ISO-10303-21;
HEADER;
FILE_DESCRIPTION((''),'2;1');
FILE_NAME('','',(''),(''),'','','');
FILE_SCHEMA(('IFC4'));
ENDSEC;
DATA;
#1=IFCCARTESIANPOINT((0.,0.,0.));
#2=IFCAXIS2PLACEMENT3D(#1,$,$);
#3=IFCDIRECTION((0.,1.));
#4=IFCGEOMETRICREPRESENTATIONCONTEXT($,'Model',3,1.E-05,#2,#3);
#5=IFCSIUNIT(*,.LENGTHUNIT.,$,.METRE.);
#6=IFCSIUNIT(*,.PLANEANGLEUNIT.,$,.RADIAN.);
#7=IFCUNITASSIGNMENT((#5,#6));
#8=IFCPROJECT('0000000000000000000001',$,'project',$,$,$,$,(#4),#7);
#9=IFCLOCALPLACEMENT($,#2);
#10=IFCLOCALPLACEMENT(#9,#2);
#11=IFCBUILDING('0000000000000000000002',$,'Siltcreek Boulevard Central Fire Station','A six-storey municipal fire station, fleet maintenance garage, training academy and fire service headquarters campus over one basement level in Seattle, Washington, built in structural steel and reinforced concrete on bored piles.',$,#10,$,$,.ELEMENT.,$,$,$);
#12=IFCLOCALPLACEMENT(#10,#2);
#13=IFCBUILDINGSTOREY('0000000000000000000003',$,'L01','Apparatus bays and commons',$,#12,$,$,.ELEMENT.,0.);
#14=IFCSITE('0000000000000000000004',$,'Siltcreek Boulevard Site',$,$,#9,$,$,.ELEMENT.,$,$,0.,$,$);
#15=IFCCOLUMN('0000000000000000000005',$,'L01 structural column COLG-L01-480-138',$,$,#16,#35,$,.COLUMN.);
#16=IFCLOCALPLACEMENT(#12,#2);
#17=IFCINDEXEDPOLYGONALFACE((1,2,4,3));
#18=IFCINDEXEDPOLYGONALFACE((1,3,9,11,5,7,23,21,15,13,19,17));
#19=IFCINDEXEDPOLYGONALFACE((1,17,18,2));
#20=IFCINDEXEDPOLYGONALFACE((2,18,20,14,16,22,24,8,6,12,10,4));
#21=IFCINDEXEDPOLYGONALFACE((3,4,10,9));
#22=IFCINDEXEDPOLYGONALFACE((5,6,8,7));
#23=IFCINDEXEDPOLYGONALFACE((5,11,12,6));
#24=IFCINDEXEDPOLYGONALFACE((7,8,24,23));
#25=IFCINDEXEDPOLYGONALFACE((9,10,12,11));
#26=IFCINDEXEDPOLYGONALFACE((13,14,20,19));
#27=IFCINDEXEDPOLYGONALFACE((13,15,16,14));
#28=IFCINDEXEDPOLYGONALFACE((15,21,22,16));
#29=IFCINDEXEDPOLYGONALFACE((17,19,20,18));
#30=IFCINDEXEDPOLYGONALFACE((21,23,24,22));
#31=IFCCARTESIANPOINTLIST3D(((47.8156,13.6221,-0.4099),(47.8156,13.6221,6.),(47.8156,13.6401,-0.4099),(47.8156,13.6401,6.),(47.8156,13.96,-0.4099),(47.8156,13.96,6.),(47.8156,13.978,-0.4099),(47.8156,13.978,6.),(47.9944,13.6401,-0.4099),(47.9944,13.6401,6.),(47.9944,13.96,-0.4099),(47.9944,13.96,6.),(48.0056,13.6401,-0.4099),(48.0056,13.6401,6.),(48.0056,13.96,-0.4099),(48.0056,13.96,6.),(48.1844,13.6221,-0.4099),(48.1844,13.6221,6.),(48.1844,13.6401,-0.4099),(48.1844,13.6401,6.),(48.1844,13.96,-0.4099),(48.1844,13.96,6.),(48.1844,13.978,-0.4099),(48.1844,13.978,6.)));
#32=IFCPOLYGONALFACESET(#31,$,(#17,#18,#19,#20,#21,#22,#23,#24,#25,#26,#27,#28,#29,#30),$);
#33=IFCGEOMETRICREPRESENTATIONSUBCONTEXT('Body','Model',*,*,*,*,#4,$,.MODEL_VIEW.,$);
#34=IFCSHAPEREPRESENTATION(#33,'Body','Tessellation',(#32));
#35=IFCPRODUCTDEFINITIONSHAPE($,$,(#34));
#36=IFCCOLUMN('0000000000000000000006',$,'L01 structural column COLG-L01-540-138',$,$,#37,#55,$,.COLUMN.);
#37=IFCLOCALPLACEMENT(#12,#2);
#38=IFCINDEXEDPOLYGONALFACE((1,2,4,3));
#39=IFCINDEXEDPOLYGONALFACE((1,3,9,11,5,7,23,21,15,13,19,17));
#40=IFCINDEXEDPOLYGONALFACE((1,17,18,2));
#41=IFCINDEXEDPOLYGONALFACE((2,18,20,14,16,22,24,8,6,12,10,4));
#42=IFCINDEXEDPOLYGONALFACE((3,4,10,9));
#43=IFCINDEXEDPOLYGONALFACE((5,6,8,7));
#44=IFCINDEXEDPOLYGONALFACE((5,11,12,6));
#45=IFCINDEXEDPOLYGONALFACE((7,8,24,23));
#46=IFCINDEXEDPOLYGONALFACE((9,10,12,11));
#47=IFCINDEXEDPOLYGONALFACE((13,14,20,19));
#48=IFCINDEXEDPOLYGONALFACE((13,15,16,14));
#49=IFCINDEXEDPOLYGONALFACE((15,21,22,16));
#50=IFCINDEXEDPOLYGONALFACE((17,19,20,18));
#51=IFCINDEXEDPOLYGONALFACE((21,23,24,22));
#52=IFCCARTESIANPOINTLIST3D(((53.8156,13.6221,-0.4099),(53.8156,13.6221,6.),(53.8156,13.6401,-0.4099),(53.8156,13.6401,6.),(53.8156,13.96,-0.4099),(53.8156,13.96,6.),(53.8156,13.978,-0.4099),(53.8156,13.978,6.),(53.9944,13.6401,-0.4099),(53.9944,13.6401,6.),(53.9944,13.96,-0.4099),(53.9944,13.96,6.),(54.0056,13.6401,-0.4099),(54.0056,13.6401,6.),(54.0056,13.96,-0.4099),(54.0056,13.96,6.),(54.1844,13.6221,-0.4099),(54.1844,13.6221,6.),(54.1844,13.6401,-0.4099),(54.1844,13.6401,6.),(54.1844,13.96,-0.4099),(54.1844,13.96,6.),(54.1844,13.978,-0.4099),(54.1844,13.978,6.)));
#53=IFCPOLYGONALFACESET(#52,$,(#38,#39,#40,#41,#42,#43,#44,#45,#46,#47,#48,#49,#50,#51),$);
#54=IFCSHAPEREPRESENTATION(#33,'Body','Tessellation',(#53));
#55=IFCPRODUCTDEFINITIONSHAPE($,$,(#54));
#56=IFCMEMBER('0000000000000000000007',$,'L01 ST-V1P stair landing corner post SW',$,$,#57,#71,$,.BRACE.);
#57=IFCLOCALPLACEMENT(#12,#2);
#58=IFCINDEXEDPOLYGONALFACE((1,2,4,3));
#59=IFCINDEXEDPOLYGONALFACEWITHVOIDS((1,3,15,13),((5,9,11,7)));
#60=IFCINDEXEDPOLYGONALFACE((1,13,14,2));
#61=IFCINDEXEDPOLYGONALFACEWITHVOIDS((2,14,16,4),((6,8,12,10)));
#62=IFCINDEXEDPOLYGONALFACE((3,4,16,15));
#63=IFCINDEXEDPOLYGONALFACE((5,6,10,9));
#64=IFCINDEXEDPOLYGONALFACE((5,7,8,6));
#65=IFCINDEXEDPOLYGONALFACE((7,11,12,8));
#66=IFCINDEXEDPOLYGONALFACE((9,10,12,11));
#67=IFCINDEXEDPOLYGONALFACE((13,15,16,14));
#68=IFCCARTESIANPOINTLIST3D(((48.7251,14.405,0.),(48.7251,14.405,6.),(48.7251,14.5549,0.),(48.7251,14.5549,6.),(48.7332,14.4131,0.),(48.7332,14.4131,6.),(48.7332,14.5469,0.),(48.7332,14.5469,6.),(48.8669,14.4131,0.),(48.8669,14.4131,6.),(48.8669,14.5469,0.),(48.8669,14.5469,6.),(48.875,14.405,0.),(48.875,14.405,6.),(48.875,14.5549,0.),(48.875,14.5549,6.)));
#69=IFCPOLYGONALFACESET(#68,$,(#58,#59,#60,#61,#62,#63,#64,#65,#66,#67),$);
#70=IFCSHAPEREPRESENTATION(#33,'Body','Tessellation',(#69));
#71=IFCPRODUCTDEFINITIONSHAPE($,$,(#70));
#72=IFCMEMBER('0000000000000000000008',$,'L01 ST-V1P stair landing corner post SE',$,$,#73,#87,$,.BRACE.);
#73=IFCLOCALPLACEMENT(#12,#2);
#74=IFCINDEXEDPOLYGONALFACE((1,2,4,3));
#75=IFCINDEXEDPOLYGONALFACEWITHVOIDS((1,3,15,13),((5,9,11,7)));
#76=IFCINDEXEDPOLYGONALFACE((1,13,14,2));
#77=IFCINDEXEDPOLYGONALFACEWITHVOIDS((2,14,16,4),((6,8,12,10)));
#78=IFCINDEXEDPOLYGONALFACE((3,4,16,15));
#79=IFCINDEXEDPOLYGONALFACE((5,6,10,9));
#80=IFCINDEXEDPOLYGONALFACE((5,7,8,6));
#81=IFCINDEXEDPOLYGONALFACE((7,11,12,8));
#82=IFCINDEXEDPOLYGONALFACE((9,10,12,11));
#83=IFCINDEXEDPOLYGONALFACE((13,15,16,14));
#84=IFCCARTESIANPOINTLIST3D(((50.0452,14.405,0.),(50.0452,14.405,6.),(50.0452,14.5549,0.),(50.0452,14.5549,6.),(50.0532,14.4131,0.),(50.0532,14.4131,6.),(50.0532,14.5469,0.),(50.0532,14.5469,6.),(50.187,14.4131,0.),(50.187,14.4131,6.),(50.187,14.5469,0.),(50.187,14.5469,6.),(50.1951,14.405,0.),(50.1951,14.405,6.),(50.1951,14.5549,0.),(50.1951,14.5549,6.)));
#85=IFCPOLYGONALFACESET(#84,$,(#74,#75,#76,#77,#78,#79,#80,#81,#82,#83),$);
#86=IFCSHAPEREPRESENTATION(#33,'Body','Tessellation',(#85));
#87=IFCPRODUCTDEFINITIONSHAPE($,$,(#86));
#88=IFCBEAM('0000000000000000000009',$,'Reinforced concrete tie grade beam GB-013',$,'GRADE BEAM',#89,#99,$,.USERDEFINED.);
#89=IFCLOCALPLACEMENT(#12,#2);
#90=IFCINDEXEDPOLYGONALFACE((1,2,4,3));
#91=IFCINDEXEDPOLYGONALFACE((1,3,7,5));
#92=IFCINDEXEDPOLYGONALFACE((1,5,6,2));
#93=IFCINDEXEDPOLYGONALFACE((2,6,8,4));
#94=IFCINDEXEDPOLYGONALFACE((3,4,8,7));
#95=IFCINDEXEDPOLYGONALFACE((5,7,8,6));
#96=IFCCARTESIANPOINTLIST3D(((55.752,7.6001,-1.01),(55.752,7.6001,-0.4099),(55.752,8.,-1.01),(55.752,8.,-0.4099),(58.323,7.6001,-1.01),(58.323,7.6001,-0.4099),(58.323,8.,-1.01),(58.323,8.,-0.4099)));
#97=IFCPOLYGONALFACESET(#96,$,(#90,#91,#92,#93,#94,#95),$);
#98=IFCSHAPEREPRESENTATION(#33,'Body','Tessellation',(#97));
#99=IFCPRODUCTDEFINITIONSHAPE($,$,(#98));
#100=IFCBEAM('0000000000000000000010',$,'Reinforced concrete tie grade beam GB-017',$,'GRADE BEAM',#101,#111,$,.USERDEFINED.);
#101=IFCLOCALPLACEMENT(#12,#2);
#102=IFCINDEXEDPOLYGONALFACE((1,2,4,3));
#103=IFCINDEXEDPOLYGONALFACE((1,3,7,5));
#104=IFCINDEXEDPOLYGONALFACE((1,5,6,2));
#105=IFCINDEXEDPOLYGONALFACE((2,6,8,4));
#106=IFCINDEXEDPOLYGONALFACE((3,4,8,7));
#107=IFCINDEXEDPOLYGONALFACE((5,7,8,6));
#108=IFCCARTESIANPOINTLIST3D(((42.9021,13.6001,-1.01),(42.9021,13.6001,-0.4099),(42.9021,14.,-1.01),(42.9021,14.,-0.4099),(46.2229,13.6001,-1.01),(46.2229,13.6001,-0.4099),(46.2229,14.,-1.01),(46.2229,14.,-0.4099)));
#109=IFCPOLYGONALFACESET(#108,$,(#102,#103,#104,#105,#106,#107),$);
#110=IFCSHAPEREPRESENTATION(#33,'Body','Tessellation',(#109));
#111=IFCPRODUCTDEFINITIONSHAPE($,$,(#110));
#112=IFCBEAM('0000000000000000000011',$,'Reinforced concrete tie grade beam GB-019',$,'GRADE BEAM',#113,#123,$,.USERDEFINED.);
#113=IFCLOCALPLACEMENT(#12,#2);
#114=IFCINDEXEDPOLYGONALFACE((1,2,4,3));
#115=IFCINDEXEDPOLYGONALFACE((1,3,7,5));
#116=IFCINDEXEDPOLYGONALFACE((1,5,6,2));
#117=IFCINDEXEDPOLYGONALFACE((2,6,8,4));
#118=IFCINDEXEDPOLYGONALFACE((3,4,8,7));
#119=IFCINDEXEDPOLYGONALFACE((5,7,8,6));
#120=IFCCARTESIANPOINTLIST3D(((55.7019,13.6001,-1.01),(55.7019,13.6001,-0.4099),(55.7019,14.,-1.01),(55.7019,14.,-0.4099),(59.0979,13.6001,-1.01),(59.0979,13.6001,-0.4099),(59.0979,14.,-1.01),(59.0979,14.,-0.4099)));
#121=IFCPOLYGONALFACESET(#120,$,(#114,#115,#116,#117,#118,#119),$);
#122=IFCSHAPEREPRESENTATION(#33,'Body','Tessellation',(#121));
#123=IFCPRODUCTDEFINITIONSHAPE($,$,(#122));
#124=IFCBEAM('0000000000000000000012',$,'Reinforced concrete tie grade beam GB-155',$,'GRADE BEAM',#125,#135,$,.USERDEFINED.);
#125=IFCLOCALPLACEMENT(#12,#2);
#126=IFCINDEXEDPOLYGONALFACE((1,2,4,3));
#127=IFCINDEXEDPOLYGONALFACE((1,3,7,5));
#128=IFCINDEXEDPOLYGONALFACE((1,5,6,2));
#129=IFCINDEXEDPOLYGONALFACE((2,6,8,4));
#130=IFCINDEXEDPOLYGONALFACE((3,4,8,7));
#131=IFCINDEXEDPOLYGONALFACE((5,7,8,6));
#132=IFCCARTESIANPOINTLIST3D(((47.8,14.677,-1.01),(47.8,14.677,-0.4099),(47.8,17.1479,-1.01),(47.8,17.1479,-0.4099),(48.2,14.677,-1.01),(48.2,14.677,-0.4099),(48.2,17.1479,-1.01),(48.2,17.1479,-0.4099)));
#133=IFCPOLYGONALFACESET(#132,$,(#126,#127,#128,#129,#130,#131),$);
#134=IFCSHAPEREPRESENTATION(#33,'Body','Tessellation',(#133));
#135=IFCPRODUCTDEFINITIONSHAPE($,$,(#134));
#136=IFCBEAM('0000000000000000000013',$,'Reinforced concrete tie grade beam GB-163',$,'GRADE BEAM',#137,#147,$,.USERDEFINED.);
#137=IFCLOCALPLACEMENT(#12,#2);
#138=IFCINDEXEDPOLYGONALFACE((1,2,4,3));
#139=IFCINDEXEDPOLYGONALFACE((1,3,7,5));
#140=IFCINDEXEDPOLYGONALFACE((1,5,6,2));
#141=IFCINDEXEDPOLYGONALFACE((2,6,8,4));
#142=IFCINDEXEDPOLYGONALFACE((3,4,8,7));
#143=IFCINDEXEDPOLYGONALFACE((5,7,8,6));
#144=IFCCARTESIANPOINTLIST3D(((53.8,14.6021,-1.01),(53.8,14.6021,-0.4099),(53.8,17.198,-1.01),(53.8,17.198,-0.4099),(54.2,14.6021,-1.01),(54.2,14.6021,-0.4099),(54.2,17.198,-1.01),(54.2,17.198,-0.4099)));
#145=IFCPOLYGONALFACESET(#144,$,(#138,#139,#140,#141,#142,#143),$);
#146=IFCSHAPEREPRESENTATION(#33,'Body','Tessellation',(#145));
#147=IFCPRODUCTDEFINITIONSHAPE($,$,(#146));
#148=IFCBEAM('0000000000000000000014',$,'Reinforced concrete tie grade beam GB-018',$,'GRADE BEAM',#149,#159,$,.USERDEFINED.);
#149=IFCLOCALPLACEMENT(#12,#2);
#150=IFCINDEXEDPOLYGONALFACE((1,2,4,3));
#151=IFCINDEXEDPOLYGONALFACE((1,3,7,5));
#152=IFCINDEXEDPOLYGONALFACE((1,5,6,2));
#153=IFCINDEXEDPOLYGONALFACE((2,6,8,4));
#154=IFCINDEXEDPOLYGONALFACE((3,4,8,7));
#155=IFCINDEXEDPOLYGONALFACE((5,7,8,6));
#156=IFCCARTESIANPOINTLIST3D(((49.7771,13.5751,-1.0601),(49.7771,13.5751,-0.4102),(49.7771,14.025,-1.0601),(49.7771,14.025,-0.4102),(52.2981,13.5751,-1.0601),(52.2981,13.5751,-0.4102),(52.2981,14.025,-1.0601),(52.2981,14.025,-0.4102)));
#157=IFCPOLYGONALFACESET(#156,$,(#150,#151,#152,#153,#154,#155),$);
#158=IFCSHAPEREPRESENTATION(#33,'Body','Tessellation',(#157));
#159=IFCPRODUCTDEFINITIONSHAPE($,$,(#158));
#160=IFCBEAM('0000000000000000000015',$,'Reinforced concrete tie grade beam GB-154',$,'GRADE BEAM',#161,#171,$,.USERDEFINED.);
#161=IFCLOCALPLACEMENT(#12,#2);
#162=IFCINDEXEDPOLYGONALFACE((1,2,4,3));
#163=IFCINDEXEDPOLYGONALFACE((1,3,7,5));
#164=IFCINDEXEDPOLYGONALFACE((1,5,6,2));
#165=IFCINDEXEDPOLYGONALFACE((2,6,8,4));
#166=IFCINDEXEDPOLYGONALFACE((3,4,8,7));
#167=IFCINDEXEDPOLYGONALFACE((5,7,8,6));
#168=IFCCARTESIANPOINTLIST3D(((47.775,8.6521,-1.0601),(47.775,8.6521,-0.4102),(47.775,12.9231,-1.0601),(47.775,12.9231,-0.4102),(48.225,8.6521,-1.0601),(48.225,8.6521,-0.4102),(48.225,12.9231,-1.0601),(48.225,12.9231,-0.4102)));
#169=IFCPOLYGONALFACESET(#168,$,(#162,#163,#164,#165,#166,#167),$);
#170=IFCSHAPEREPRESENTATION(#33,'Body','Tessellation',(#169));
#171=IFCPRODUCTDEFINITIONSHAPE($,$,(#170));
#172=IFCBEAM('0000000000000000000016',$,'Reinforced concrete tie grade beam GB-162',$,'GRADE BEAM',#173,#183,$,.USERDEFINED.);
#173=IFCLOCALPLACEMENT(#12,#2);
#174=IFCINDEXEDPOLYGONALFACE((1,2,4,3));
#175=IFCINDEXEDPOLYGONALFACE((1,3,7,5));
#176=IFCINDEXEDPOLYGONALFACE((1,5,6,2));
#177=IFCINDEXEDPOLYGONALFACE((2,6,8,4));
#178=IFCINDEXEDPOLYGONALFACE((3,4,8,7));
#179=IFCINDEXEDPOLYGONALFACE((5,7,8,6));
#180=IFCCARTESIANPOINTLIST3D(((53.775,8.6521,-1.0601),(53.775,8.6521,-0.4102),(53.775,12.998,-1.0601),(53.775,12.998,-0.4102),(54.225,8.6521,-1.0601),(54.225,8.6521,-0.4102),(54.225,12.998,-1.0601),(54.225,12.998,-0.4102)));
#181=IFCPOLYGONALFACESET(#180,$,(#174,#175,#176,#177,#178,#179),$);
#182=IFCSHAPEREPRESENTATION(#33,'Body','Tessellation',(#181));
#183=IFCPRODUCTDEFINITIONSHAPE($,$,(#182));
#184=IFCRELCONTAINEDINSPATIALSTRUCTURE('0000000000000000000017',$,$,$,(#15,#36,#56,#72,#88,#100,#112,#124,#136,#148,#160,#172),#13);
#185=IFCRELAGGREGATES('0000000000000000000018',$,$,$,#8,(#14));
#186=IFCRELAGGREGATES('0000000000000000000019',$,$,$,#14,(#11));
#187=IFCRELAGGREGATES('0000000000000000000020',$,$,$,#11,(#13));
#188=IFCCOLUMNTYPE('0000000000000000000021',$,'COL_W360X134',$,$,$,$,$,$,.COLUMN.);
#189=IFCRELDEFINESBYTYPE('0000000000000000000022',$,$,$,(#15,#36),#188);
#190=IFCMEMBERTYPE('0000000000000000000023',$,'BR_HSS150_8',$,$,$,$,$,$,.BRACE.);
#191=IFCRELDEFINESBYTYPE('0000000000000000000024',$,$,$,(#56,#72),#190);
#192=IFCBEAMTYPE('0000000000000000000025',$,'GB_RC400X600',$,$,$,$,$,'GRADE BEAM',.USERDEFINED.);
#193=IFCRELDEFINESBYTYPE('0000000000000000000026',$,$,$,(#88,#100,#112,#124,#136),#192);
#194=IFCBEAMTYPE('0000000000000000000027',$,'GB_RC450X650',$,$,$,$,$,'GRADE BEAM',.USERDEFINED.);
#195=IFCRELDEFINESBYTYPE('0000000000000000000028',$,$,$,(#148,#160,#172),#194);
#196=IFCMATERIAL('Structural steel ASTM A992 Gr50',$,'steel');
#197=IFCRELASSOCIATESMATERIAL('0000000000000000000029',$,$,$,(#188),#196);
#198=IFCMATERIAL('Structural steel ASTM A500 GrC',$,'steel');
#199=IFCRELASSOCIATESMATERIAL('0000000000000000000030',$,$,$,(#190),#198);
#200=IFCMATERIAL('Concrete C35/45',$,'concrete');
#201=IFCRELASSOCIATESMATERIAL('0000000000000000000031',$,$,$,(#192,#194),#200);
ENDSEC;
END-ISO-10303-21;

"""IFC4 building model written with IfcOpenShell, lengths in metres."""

from ifc_helpers import new_model, si_unit, direction, frame, origin, origin_2d, place, context, subcontext, project, spatial, rectangle, hollow_rectangle, i_section, extrude, material, material_profile, profile_set, type_object, element, save


model = new_model("IFC4")

# Units and contexts
model_context = context("Model", 3, precision=1e-05, world=origin(), true_north=direction((0.0, 1.0)))
body_context = subcontext(model_context, "Body", "Model", "MODEL_VIEW")
ifc_project = project(units=[si_unit("LENGTHUNIT", "METRE"), si_unit("PLANEANGLEUNIT", "RADIAN")], contexts=[model_context])

# Site, building, storey
site_placement = place(None, origin())
site = spatial("IfcSite", under=ifc_project, at=site_placement, Name="Siltcreek Boulevard Site", CompositionType="ELEMENT", RefElevation=0.0)
building_placement = place(site_placement, origin())
building = spatial("IfcBuilding", under=site, at=building_placement, Name="Siltcreek Boulevard Central Fire Station", Description="A six-storey municipal fire station, fleet maintenance garage, training academy and fire service headquarters campus over one basement level in Seattle, Washington, built in structural steel and reinforced concrete on bored piles.", CompositionType="ELEMENT")
storey_placement = place(building_placement, origin())
storey = spatial("IfcBuildingStorey", under=building, at=storey_placement, Name="L01", Description="Apparatus bays and commons", CompositionType="ELEMENT", Elevation=0.0)

# Shared definitions
ifc_material_1 = material(Name="Concrete C35/45", Category="concrete")

# Columns
ifc_material_2 = material(Name="Structural steel ASTM A992 Gr50", Category="steel")
ifc_material_profile_1 = material_profile(ifc_material_2, i_section(OverallWidth=0.3689, OverallDepth=0.356, WebThickness=0.0112, FlangeThickness=0.0181, at=origin_2d()), Name="W360X134")
ifc_profile_set_1 = profile_set([ifc_material_profile_1], Name="Structural steel ASTM A992 Gr50")
column_type = type_object("IfcColumnType", Name="COL_W360X134", PredefinedType="COLUMN", material=ifc_profile_set_1)
for number, where, z_axis, x_axis, name in (
    (1, (48.0, 13.8, -0.4099), (0.0, 0.0, 1.0), (1.0, 0.0, 0.0), "L01 structural column COLG-L01-480-138"),
    (2, (54.0, 13.8, -0.4099), (0.0, 0.0, 1.0), (1.0, 0.0, 0.0), "L01 structural column COLG-L01-540-138"),
):
    element("IfcColumn", number, at=place(storey_placement, frame(where, z_axis=z_axis, x_axis=x_axis)), inside=storey, type_object=column_type, Name=name, PredefinedType="COLUMN", context=body_context, shape_type="SweptSolid", body=[
        extrude(i_section(OverallWidth=0.3689, OverallDepth=0.356, WebThickness=0.0112, FlangeThickness=0.0181, at=origin_2d()), origin(), (0.0, 0.0, 1.0), 6.4099),
    ])

# Members
ifc_material_3 = material(Name="Structural steel ASTM A500 GrC", Category="steel")
ifc_material_profile_2 = material_profile(ifc_material_3, hollow_rectangle(XDim=0.1499, YDim=0.1499, WallThickness=0.0081, at=origin_2d()), Name="HSS150X150X8.0")
ifc_profile_set_2 = profile_set([ifc_material_profile_2], Name="Structural steel ASTM A500 GrC")
member_type = type_object("IfcMemberType", Name="BR_HSS150_8", PredefinedType="BRACE", material=ifc_profile_set_2)
for number, where, z_axis, x_axis, name in (
    (3, (48.8, 14.48, 0.0), (0.0, 0.0, 1.0), (1.0, 0.0, 0.0), "L01 ST-V1P stair landing corner post SW"),
    (4, (50.1201, 14.48, 0.0), (0.0, 0.0, 1.0), (1.0, 0.0, 0.0), "L01 ST-V1P stair landing corner post SE"),
):
    element("IfcMember", number, at=place(storey_placement, frame(where, z_axis=z_axis, x_axis=x_axis)), inside=storey, type_object=member_type, Name=name, PredefinedType="BRACE", context=body_context, shape_type="SweptSolid", body=[
        extrude(hollow_rectangle(XDim=0.1499, YDim=0.1499, WallThickness=0.0081, at=origin_2d()), origin(), (0.0, 0.0, 1.0), 6.0),
    ])

# Beams
ifc_material_profile_3 = material_profile(ifc_material_1, rectangle(XDim=0.3999, YDim=0.6001, at=origin_2d()), Name="RC400X600")
ifc_profile_set_3 = profile_set([ifc_material_profile_3], Name="Concrete C35/45")
beam_type_1 = type_object("IfcBeamType", Name="GB_RC400X600", ElementType="GRADE BEAM", PredefinedType="USERDEFINED", material=ifc_profile_set_3)
beam_1_placement = place(storey_placement, frame((55.752, 7.8, -0.71), z_axis=(1.0, 0.0, 0.0), x_axis=(0.0, 1.0, 0.0)))
element("IfcBeam", 5, at=beam_1_placement, inside=storey, type_object=beam_type_1, Name="Reinforced concrete tie grade beam GB-013", ObjectType="GRADE BEAM", PredefinedType="USERDEFINED", context=body_context, shape_type="SweptSolid", body=[
    extrude(rectangle(XDim=0.3999, YDim=0.6001, at=origin_2d()), origin(), (0.0, 0.0, 1.0), 2.571),
])
beam_2_placement = place(storey_placement, frame((42.9021, 13.8, -0.71), z_axis=(1.0, 0.0, 0.0), x_axis=(0.0, 1.0, 0.0)))
element("IfcBeam", 6, at=beam_2_placement, inside=storey, type_object=beam_type_1, Name="Reinforced concrete tie grade beam GB-017", ObjectType="GRADE BEAM", PredefinedType="USERDEFINED", context=body_context, shape_type="SweptSolid", body=[
    extrude(rectangle(XDim=0.3999, YDim=0.6001, at=origin_2d()), origin(), (0.0, 0.0, 1.0), 3.3208),
])
beam_3_placement = place(storey_placement, frame((55.7019, 13.8, -0.71), z_axis=(1.0, 0.0, 0.0), x_axis=(0.0, 1.0, 0.0)))
element("IfcBeam", 7, at=beam_3_placement, inside=storey, type_object=beam_type_1, Name="Reinforced concrete tie grade beam GB-019", ObjectType="GRADE BEAM", PredefinedType="USERDEFINED", context=body_context, shape_type="SweptSolid", body=[
    extrude(rectangle(XDim=0.3999, YDim=0.6001, at=origin_2d()), origin(), (0.0, 0.0, 1.0), 3.396),
])
beam_4_placement = place(storey_placement, frame((48.0, 14.677, -0.71), z_axis=(0.0, 1.0, 0.0), x_axis=(-1.0, 0.0, 0.0)))
element("IfcBeam", 8, at=beam_4_placement, inside=storey, type_object=beam_type_1, Name="Reinforced concrete tie grade beam GB-155", ObjectType="GRADE BEAM", PredefinedType="USERDEFINED", context=body_context, shape_type="SweptSolid", body=[
    extrude(rectangle(XDim=0.3999, YDim=0.6001, at=origin_2d()), origin(), (0.0, 0.0, 1.0), 2.4709),
])
beam_5_placement = place(storey_placement, frame((54.0, 14.6021, -0.71), z_axis=(0.0, 1.0, 0.0), x_axis=(-1.0, 0.0, 0.0)))
element("IfcBeam", 9, at=beam_5_placement, inside=storey, type_object=beam_type_1, Name="Reinforced concrete tie grade beam GB-163", ObjectType="GRADE BEAM", PredefinedType="USERDEFINED", context=body_context, shape_type="SweptSolid", body=[
    extrude(rectangle(XDim=0.3999, YDim=0.6001, at=origin_2d()), origin(), (0.0, 0.0, 1.0), 2.5959),
])
ifc_material_profile_4 = material_profile(ifc_material_1, rectangle(XDim=0.45, YDim=0.6499, at=origin_2d()), Name="RC450X650")
ifc_profile_set_4 = profile_set([ifc_material_profile_4], Name="Concrete C35/45")
beam_type_2 = type_object("IfcBeamType", Name="GB_RC450X650", ElementType="GRADE BEAM", PredefinedType="USERDEFINED", material=ifc_profile_set_4)
beam_6_placement = place(storey_placement, frame((49.7771, 13.8, -0.7351), z_axis=(1.0, 0.0, 0.0), x_axis=(0.0, 1.0, 0.0)))
element("IfcBeam", 10, at=beam_6_placement, inside=storey, type_object=beam_type_2, Name="Reinforced concrete tie grade beam GB-018", ObjectType="GRADE BEAM", PredefinedType="USERDEFINED", context=body_context, shape_type="SweptSolid", body=[
    extrude(rectangle(XDim=0.45, YDim=0.6499, at=origin_2d()), origin(), (0.0, 0.0, 1.0), 2.521),
])
beam_7_placement = place(storey_placement, frame((48.0, 8.6521, -0.7351), z_axis=(0.0, 1.0, 0.0), x_axis=(-1.0, 0.0, 0.0)))
element("IfcBeam", 11, at=beam_7_placement, inside=storey, type_object=beam_type_2, Name="Reinforced concrete tie grade beam GB-154", ObjectType="GRADE BEAM", PredefinedType="USERDEFINED", context=body_context, shape_type="SweptSolid", body=[
    extrude(rectangle(XDim=0.45, YDim=0.6499, at=origin_2d()), origin(), (0.0, 0.0, 1.0), 4.271),
])
beam_8_placement = place(storey_placement, frame((54.0, 8.6521, -0.7351), z_axis=(0.0, 1.0, 0.0), x_axis=(-1.0, 0.0, 0.0)))
element("IfcBeam", 12, at=beam_8_placement, inside=storey, type_object=beam_type_2, Name="Reinforced concrete tie grade beam GB-162", ObjectType="GRADE BEAM", PredefinedType="USERDEFINED", context=body_context, shape_type="SweptSolid", body=[
    extrude(rectangle(XDim=0.45, YDim=0.6499, at=origin_2d()), origin(), (0.0, 0.0, 1.0), 4.3459),
])

save(model, "model.ifc")
